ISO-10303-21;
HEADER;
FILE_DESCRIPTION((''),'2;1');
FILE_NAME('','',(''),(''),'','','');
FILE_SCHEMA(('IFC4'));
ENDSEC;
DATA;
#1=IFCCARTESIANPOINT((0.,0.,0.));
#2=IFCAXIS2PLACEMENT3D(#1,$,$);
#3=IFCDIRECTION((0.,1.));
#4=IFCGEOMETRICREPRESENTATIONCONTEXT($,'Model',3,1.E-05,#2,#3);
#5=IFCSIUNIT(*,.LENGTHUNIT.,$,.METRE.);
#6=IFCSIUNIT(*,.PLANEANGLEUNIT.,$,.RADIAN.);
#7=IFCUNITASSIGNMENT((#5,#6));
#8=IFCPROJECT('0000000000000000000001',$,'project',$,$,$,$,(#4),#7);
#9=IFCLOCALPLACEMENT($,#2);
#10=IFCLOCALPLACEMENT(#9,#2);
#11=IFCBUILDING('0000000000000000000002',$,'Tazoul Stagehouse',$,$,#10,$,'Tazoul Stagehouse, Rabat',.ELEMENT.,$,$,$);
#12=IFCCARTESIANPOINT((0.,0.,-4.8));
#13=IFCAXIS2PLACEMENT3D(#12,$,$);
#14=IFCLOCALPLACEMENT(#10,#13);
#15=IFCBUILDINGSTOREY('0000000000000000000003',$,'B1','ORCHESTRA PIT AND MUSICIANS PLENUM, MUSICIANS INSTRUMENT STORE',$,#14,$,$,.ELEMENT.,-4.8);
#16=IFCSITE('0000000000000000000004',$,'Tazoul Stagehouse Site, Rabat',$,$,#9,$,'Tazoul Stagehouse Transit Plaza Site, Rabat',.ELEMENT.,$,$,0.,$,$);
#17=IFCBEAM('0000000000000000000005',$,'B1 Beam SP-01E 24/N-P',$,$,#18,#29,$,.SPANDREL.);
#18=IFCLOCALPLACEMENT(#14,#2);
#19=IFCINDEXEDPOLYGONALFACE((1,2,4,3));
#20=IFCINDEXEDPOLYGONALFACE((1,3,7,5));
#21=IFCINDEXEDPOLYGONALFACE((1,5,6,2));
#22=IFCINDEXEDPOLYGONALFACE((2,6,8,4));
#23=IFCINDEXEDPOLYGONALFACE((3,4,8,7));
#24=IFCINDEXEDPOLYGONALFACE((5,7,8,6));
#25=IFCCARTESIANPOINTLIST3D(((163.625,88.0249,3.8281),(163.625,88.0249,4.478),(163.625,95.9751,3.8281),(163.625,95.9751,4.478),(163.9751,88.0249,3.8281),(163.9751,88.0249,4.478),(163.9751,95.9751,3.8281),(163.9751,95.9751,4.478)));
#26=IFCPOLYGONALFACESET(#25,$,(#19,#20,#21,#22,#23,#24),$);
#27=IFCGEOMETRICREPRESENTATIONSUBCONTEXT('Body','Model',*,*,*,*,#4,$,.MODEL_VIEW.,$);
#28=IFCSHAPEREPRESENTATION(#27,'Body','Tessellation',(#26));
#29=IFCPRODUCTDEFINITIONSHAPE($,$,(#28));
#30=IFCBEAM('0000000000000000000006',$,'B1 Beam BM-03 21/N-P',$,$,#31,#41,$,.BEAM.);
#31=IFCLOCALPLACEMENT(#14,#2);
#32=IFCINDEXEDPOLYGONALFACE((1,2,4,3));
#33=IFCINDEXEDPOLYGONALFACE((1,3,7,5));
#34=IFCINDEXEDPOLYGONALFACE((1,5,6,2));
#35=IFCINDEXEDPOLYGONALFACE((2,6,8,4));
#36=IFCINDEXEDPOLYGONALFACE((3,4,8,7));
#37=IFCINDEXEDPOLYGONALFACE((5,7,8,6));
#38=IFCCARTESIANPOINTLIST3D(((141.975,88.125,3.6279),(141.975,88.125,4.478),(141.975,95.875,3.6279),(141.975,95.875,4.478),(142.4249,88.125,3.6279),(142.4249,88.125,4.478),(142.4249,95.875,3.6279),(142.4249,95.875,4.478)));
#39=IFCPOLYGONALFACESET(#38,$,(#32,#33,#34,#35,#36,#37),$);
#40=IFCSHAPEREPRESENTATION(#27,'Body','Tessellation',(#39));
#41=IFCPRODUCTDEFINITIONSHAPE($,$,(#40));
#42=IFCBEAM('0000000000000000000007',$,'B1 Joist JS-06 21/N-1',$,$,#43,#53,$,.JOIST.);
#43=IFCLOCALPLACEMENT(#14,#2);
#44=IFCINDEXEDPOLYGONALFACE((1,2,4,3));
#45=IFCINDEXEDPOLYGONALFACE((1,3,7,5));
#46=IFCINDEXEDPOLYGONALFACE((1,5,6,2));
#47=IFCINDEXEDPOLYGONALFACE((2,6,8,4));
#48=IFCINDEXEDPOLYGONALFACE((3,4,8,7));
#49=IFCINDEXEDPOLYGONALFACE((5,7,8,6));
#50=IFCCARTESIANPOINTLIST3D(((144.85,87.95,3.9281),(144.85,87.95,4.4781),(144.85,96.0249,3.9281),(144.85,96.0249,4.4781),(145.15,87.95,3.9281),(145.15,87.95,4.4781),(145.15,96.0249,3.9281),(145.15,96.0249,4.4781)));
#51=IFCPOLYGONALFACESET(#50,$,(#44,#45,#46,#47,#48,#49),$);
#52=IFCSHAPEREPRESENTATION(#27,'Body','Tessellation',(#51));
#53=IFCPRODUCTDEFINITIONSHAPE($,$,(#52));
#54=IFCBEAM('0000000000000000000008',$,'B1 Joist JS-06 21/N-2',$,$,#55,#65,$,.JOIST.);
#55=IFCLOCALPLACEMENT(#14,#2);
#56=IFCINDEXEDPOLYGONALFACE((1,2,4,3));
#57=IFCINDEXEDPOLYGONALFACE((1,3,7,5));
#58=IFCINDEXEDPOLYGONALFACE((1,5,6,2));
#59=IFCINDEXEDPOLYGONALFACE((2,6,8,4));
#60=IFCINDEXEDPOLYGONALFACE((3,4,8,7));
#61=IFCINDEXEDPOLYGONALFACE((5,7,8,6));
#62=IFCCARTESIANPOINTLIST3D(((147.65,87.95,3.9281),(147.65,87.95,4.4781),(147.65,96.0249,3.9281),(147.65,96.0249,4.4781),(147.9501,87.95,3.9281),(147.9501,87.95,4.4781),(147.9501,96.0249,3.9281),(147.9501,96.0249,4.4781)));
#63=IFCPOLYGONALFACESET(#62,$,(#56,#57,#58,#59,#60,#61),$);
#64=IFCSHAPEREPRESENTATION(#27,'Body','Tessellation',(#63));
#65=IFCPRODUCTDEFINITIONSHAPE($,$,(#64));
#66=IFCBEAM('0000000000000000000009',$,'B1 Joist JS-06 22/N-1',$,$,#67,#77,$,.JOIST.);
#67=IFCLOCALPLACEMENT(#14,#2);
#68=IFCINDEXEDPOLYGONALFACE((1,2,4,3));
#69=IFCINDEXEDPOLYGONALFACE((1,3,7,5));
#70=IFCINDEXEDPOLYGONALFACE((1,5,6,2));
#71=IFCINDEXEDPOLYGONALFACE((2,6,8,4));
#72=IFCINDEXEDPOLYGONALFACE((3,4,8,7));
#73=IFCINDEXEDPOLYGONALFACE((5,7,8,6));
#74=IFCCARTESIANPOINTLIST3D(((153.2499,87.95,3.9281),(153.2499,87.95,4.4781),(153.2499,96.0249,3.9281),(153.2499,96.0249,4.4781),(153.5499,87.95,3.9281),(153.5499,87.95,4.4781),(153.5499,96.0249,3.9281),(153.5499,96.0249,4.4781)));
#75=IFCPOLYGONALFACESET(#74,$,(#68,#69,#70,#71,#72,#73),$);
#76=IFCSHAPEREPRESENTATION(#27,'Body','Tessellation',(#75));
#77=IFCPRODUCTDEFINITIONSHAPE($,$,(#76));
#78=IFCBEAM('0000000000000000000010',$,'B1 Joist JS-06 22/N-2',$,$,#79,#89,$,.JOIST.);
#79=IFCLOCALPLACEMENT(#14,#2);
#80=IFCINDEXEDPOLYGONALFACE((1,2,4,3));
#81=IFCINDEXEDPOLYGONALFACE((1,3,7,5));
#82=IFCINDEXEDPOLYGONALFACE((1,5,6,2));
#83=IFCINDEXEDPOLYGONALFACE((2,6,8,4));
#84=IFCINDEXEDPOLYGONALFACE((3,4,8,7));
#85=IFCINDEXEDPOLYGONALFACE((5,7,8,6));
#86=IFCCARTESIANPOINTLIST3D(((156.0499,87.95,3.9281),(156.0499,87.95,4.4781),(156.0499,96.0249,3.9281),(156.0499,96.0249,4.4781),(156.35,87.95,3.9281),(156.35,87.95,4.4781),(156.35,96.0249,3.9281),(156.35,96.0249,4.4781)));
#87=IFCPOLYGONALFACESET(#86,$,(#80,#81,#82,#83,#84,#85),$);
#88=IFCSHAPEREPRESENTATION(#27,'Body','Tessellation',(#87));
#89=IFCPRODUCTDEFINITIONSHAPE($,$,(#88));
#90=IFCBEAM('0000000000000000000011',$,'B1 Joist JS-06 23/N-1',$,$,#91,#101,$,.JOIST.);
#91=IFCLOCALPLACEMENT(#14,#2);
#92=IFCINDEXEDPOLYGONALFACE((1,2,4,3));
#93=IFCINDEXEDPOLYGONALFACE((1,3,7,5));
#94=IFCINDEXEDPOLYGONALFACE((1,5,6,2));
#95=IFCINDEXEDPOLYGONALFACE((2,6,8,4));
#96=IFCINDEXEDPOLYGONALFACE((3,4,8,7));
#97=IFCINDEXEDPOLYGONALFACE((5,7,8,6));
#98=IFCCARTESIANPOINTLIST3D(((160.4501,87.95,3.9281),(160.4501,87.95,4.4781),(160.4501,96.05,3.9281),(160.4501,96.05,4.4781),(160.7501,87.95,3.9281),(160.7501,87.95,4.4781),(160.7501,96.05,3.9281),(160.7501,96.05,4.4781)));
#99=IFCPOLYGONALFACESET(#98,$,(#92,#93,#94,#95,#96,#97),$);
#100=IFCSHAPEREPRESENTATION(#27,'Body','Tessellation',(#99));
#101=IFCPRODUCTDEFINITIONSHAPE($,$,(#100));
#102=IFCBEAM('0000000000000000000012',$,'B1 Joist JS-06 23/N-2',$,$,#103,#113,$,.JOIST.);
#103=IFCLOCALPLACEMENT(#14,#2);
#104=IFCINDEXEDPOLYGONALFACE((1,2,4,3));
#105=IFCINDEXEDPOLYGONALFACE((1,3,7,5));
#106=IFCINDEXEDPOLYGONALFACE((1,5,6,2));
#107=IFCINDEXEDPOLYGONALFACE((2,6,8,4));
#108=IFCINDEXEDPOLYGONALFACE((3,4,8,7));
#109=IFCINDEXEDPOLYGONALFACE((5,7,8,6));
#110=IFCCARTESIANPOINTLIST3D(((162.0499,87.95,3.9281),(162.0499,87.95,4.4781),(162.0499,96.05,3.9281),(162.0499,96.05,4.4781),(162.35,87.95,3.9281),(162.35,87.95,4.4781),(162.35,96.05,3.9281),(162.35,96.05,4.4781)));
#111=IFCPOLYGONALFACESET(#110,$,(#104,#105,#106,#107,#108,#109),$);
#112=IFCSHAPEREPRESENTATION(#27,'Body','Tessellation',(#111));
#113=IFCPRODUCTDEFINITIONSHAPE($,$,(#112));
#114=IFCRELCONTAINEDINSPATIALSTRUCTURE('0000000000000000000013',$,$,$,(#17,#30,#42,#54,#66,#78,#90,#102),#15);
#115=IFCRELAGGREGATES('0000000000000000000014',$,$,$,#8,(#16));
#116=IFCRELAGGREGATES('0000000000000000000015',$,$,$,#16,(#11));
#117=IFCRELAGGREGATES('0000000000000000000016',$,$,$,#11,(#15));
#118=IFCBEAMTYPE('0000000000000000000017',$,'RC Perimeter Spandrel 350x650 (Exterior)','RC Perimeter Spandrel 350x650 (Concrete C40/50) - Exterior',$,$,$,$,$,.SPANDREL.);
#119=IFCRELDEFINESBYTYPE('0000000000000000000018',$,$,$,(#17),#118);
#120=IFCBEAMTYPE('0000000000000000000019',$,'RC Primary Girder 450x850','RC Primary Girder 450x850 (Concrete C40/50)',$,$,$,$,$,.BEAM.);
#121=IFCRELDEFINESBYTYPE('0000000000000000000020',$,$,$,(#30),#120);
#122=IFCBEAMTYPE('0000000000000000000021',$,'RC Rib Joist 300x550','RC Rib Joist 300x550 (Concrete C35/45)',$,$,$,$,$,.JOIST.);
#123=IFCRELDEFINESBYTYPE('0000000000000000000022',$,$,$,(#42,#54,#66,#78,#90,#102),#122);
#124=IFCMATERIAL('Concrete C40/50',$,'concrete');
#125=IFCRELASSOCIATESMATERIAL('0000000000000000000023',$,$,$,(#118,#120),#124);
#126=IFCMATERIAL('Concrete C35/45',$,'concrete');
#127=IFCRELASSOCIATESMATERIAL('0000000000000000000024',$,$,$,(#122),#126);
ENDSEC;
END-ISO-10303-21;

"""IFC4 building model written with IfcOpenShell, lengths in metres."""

from ifc_helpers import new_model, si_unit, direction, frame, origin, origin_2d, place, context, subcontext, project, spatial, rectangle, extrude, material, material_profile, profile_set, type_object, element, save


model = new_model("IFC4")

# Units and contexts
model_context = context("Model", 3, precision=1e-05, world=origin(), true_north=direction((0.0, 1.0)))
body_context = subcontext(model_context, "Body", "Model", "MODEL_VIEW")
ifc_project = project(units=[si_unit("LENGTHUNIT", "METRE"), si_unit("PLANEANGLEUNIT", "RADIAN")], contexts=[model_context])

# Site, building, storey
site_placement = place(None, origin())
site = spatial("IfcSite", under=ifc_project, at=site_placement, Name="Tazoul Stagehouse Site, Rabat", LongName="Tazoul Stagehouse Transit Plaza Site, Rabat", CompositionType="ELEMENT", RefElevation=0.0)
building_placement = place(site_placement, origin())
building = spatial("IfcBuilding", under=site, at=building_placement, Name="Tazoul Stagehouse", LongName="Tazoul Stagehouse, Rabat", CompositionType="ELEMENT")
storey_placement = place(building_placement, frame((0.0, 0.0, -4.8)))
storey = spatial("IfcBuildingStorey", under=building, at=storey_placement, Name="B1", Description="ORCHESTRA PIT AND MUSICIANS PLENUM, MUSICIANS INSTRUMENT STORE", CompositionType="ELEMENT", Elevation=-4.8)

# Shared definitions
ifc_material_1 = material(Name="Concrete C35/45", Category="concrete")

# Shared definitions
ifc_material_2 = material(Name="Concrete C40/50", Category="concrete")

# Beams
ifc_material_profile_1 = material_profile(ifc_material_2, rectangle(XDim=0.3501, YDim=0.6499, at=origin_2d()), Name="RC 350x650")
ifc_profile_set_1 = profile_set([ifc_material_profile_1], Name="Concrete C40/50")
beam_type_1 = type_object("IfcBeamType", Name="RC Perimeter Spandrel 350x650 (Exterior)", Description="RC Perimeter Spandrel 350x650 (Concrete C40/50) - Exterior", PredefinedType="SPANDREL", material=ifc_profile_set_1)
beam_1_placement = place(storey_placement, frame((163.8, 88.0249, 4.1531), z_axis=(0.0, 1.0, 0.0), x_axis=(-1.0, 0.0, 0.0)))
element("IfcBeam", 1, at=beam_1_placement, inside=storey, type_object=beam_type_1, Name="B1 Beam SP-01E 24/N-P", PredefinedType="SPANDREL", context=body_context, shape_type="SweptSolid", body=[
    extrude(rectangle(XDim=0.3501, YDim=0.6499, at=origin_2d()), origin(), (0.0, 0.0, 1.0), 7.9502),
])
ifc_material_profile_2 = material_profile(ifc_material_2, rectangle(XDim=0.45, YDim=0.8501, at=origin_2d()), Name="RC 450x850")
ifc_profile_set_2 = profile_set([ifc_material_profile_2], Name="Concrete C40/50")
beam_type_2 = type_object("IfcBeamType", Name="RC Primary Girder 450x850", Description="RC Primary Girder 450x850 (Concrete C40/50)", PredefinedType="BEAM", material=ifc_profile_set_2)
beam_2_placement = place(storey_placement, frame((142.2, 88.125, 4.053), z_axis=(0.0, 1.0, 0.0), x_axis=(-1.0, 0.0, 0.0)))
element("IfcBeam", 2, at=beam_2_placement, inside=storey, type_object=beam_type_2, Name="B1 Beam BM-03 21/N-P", PredefinedType="BEAM", context=body_context, shape_type="SweptSolid", body=[
    extrude(rectangle(XDim=0.45, YDim=0.8501, at=origin_2d()), origin(), (0.0, 0.0, 1.0), 7.75),
])
ifc_material_profile_3 = material_profile(ifc_material_1, rectangle(XDim=0.3, YDim=0.55, at=origin_2d()), Name="RC 300x550")
ifc_profile_set_3 = profile_set([ifc_material_profile_3], Name="Concrete C35/45")
beam_type_3 = type_object("IfcBeamType", Name="RC Rib Joist 300x550", Description="RC Rib Joist 300x550 (Concrete C35/45)", PredefinedType="JOIST", material=ifc_profile_set_3)
for number, where, z_axis, x_axis, name in (
    (3, (145.0, 87.95, 4.2031), (0.0, 1.0, 0.0), (-1.0, 0.0, 0.0), "B1 Joist JS-06 21/N-1"),
    (4, (147.8, 87.95, 4.2031), (0.0, 1.0, 0.0), (-1.0, 0.0, 0.0), "B1 Joist JS-06 21/N-2"),
    (5, (153.3999, 87.95, 4.2031), (0.0, 1.0, 0.0), (-1.0, 0.0, 0.0), "B1 Joist JS-06 22/N-1"),
    (6, (156.2, 87.95, 4.2031), (0.0, 1.0, 0.0), (-1.0, 0.0, 0.0), "B1 Joist JS-06 22/N-2"),
):
    element("IfcBeam", number, at=place(storey_placement, frame(where, z_axis=z_axis, x_axis=x_axis)), inside=storey, type_object=beam_type_3, Name=name, PredefinedType="JOIST", context=body_context, shape_type="SweptSolid", body=[
        extrude(rectangle(XDim=0.3, YDim=0.55, at=origin_2d()), origin(), (0.0, 0.0, 1.0), 8.075),
    ])
for number, where, z_axis, x_axis, name in (
    (7, (160.6001, 87.95, 4.2031), (0.0, 1.0, 0.0), (-1.0, 0.0, 0.0), "B1 Joist JS-06 23/N-1"),
    (8, (162.2, 87.95, 4.2031), (0.0, 1.0, 0.0), (-1.0, 0.0, 0.0), "B1 Joist JS-06 23/N-2"),
):
    element("IfcBeam", number, at=place(storey_placement, frame(where, z_axis=z_axis, x_axis=x_axis)), inside=storey, type_object=beam_type_3, Name=name, PredefinedType="JOIST", context=body_context, shape_type="SweptSolid", body=[
        extrude(rectangle(XDim=0.3, YDim=0.55, at=origin_2d()), origin(), (0.0, 0.0, 1.0), 8.1001),
    ])

save(model, "model.ifc")
